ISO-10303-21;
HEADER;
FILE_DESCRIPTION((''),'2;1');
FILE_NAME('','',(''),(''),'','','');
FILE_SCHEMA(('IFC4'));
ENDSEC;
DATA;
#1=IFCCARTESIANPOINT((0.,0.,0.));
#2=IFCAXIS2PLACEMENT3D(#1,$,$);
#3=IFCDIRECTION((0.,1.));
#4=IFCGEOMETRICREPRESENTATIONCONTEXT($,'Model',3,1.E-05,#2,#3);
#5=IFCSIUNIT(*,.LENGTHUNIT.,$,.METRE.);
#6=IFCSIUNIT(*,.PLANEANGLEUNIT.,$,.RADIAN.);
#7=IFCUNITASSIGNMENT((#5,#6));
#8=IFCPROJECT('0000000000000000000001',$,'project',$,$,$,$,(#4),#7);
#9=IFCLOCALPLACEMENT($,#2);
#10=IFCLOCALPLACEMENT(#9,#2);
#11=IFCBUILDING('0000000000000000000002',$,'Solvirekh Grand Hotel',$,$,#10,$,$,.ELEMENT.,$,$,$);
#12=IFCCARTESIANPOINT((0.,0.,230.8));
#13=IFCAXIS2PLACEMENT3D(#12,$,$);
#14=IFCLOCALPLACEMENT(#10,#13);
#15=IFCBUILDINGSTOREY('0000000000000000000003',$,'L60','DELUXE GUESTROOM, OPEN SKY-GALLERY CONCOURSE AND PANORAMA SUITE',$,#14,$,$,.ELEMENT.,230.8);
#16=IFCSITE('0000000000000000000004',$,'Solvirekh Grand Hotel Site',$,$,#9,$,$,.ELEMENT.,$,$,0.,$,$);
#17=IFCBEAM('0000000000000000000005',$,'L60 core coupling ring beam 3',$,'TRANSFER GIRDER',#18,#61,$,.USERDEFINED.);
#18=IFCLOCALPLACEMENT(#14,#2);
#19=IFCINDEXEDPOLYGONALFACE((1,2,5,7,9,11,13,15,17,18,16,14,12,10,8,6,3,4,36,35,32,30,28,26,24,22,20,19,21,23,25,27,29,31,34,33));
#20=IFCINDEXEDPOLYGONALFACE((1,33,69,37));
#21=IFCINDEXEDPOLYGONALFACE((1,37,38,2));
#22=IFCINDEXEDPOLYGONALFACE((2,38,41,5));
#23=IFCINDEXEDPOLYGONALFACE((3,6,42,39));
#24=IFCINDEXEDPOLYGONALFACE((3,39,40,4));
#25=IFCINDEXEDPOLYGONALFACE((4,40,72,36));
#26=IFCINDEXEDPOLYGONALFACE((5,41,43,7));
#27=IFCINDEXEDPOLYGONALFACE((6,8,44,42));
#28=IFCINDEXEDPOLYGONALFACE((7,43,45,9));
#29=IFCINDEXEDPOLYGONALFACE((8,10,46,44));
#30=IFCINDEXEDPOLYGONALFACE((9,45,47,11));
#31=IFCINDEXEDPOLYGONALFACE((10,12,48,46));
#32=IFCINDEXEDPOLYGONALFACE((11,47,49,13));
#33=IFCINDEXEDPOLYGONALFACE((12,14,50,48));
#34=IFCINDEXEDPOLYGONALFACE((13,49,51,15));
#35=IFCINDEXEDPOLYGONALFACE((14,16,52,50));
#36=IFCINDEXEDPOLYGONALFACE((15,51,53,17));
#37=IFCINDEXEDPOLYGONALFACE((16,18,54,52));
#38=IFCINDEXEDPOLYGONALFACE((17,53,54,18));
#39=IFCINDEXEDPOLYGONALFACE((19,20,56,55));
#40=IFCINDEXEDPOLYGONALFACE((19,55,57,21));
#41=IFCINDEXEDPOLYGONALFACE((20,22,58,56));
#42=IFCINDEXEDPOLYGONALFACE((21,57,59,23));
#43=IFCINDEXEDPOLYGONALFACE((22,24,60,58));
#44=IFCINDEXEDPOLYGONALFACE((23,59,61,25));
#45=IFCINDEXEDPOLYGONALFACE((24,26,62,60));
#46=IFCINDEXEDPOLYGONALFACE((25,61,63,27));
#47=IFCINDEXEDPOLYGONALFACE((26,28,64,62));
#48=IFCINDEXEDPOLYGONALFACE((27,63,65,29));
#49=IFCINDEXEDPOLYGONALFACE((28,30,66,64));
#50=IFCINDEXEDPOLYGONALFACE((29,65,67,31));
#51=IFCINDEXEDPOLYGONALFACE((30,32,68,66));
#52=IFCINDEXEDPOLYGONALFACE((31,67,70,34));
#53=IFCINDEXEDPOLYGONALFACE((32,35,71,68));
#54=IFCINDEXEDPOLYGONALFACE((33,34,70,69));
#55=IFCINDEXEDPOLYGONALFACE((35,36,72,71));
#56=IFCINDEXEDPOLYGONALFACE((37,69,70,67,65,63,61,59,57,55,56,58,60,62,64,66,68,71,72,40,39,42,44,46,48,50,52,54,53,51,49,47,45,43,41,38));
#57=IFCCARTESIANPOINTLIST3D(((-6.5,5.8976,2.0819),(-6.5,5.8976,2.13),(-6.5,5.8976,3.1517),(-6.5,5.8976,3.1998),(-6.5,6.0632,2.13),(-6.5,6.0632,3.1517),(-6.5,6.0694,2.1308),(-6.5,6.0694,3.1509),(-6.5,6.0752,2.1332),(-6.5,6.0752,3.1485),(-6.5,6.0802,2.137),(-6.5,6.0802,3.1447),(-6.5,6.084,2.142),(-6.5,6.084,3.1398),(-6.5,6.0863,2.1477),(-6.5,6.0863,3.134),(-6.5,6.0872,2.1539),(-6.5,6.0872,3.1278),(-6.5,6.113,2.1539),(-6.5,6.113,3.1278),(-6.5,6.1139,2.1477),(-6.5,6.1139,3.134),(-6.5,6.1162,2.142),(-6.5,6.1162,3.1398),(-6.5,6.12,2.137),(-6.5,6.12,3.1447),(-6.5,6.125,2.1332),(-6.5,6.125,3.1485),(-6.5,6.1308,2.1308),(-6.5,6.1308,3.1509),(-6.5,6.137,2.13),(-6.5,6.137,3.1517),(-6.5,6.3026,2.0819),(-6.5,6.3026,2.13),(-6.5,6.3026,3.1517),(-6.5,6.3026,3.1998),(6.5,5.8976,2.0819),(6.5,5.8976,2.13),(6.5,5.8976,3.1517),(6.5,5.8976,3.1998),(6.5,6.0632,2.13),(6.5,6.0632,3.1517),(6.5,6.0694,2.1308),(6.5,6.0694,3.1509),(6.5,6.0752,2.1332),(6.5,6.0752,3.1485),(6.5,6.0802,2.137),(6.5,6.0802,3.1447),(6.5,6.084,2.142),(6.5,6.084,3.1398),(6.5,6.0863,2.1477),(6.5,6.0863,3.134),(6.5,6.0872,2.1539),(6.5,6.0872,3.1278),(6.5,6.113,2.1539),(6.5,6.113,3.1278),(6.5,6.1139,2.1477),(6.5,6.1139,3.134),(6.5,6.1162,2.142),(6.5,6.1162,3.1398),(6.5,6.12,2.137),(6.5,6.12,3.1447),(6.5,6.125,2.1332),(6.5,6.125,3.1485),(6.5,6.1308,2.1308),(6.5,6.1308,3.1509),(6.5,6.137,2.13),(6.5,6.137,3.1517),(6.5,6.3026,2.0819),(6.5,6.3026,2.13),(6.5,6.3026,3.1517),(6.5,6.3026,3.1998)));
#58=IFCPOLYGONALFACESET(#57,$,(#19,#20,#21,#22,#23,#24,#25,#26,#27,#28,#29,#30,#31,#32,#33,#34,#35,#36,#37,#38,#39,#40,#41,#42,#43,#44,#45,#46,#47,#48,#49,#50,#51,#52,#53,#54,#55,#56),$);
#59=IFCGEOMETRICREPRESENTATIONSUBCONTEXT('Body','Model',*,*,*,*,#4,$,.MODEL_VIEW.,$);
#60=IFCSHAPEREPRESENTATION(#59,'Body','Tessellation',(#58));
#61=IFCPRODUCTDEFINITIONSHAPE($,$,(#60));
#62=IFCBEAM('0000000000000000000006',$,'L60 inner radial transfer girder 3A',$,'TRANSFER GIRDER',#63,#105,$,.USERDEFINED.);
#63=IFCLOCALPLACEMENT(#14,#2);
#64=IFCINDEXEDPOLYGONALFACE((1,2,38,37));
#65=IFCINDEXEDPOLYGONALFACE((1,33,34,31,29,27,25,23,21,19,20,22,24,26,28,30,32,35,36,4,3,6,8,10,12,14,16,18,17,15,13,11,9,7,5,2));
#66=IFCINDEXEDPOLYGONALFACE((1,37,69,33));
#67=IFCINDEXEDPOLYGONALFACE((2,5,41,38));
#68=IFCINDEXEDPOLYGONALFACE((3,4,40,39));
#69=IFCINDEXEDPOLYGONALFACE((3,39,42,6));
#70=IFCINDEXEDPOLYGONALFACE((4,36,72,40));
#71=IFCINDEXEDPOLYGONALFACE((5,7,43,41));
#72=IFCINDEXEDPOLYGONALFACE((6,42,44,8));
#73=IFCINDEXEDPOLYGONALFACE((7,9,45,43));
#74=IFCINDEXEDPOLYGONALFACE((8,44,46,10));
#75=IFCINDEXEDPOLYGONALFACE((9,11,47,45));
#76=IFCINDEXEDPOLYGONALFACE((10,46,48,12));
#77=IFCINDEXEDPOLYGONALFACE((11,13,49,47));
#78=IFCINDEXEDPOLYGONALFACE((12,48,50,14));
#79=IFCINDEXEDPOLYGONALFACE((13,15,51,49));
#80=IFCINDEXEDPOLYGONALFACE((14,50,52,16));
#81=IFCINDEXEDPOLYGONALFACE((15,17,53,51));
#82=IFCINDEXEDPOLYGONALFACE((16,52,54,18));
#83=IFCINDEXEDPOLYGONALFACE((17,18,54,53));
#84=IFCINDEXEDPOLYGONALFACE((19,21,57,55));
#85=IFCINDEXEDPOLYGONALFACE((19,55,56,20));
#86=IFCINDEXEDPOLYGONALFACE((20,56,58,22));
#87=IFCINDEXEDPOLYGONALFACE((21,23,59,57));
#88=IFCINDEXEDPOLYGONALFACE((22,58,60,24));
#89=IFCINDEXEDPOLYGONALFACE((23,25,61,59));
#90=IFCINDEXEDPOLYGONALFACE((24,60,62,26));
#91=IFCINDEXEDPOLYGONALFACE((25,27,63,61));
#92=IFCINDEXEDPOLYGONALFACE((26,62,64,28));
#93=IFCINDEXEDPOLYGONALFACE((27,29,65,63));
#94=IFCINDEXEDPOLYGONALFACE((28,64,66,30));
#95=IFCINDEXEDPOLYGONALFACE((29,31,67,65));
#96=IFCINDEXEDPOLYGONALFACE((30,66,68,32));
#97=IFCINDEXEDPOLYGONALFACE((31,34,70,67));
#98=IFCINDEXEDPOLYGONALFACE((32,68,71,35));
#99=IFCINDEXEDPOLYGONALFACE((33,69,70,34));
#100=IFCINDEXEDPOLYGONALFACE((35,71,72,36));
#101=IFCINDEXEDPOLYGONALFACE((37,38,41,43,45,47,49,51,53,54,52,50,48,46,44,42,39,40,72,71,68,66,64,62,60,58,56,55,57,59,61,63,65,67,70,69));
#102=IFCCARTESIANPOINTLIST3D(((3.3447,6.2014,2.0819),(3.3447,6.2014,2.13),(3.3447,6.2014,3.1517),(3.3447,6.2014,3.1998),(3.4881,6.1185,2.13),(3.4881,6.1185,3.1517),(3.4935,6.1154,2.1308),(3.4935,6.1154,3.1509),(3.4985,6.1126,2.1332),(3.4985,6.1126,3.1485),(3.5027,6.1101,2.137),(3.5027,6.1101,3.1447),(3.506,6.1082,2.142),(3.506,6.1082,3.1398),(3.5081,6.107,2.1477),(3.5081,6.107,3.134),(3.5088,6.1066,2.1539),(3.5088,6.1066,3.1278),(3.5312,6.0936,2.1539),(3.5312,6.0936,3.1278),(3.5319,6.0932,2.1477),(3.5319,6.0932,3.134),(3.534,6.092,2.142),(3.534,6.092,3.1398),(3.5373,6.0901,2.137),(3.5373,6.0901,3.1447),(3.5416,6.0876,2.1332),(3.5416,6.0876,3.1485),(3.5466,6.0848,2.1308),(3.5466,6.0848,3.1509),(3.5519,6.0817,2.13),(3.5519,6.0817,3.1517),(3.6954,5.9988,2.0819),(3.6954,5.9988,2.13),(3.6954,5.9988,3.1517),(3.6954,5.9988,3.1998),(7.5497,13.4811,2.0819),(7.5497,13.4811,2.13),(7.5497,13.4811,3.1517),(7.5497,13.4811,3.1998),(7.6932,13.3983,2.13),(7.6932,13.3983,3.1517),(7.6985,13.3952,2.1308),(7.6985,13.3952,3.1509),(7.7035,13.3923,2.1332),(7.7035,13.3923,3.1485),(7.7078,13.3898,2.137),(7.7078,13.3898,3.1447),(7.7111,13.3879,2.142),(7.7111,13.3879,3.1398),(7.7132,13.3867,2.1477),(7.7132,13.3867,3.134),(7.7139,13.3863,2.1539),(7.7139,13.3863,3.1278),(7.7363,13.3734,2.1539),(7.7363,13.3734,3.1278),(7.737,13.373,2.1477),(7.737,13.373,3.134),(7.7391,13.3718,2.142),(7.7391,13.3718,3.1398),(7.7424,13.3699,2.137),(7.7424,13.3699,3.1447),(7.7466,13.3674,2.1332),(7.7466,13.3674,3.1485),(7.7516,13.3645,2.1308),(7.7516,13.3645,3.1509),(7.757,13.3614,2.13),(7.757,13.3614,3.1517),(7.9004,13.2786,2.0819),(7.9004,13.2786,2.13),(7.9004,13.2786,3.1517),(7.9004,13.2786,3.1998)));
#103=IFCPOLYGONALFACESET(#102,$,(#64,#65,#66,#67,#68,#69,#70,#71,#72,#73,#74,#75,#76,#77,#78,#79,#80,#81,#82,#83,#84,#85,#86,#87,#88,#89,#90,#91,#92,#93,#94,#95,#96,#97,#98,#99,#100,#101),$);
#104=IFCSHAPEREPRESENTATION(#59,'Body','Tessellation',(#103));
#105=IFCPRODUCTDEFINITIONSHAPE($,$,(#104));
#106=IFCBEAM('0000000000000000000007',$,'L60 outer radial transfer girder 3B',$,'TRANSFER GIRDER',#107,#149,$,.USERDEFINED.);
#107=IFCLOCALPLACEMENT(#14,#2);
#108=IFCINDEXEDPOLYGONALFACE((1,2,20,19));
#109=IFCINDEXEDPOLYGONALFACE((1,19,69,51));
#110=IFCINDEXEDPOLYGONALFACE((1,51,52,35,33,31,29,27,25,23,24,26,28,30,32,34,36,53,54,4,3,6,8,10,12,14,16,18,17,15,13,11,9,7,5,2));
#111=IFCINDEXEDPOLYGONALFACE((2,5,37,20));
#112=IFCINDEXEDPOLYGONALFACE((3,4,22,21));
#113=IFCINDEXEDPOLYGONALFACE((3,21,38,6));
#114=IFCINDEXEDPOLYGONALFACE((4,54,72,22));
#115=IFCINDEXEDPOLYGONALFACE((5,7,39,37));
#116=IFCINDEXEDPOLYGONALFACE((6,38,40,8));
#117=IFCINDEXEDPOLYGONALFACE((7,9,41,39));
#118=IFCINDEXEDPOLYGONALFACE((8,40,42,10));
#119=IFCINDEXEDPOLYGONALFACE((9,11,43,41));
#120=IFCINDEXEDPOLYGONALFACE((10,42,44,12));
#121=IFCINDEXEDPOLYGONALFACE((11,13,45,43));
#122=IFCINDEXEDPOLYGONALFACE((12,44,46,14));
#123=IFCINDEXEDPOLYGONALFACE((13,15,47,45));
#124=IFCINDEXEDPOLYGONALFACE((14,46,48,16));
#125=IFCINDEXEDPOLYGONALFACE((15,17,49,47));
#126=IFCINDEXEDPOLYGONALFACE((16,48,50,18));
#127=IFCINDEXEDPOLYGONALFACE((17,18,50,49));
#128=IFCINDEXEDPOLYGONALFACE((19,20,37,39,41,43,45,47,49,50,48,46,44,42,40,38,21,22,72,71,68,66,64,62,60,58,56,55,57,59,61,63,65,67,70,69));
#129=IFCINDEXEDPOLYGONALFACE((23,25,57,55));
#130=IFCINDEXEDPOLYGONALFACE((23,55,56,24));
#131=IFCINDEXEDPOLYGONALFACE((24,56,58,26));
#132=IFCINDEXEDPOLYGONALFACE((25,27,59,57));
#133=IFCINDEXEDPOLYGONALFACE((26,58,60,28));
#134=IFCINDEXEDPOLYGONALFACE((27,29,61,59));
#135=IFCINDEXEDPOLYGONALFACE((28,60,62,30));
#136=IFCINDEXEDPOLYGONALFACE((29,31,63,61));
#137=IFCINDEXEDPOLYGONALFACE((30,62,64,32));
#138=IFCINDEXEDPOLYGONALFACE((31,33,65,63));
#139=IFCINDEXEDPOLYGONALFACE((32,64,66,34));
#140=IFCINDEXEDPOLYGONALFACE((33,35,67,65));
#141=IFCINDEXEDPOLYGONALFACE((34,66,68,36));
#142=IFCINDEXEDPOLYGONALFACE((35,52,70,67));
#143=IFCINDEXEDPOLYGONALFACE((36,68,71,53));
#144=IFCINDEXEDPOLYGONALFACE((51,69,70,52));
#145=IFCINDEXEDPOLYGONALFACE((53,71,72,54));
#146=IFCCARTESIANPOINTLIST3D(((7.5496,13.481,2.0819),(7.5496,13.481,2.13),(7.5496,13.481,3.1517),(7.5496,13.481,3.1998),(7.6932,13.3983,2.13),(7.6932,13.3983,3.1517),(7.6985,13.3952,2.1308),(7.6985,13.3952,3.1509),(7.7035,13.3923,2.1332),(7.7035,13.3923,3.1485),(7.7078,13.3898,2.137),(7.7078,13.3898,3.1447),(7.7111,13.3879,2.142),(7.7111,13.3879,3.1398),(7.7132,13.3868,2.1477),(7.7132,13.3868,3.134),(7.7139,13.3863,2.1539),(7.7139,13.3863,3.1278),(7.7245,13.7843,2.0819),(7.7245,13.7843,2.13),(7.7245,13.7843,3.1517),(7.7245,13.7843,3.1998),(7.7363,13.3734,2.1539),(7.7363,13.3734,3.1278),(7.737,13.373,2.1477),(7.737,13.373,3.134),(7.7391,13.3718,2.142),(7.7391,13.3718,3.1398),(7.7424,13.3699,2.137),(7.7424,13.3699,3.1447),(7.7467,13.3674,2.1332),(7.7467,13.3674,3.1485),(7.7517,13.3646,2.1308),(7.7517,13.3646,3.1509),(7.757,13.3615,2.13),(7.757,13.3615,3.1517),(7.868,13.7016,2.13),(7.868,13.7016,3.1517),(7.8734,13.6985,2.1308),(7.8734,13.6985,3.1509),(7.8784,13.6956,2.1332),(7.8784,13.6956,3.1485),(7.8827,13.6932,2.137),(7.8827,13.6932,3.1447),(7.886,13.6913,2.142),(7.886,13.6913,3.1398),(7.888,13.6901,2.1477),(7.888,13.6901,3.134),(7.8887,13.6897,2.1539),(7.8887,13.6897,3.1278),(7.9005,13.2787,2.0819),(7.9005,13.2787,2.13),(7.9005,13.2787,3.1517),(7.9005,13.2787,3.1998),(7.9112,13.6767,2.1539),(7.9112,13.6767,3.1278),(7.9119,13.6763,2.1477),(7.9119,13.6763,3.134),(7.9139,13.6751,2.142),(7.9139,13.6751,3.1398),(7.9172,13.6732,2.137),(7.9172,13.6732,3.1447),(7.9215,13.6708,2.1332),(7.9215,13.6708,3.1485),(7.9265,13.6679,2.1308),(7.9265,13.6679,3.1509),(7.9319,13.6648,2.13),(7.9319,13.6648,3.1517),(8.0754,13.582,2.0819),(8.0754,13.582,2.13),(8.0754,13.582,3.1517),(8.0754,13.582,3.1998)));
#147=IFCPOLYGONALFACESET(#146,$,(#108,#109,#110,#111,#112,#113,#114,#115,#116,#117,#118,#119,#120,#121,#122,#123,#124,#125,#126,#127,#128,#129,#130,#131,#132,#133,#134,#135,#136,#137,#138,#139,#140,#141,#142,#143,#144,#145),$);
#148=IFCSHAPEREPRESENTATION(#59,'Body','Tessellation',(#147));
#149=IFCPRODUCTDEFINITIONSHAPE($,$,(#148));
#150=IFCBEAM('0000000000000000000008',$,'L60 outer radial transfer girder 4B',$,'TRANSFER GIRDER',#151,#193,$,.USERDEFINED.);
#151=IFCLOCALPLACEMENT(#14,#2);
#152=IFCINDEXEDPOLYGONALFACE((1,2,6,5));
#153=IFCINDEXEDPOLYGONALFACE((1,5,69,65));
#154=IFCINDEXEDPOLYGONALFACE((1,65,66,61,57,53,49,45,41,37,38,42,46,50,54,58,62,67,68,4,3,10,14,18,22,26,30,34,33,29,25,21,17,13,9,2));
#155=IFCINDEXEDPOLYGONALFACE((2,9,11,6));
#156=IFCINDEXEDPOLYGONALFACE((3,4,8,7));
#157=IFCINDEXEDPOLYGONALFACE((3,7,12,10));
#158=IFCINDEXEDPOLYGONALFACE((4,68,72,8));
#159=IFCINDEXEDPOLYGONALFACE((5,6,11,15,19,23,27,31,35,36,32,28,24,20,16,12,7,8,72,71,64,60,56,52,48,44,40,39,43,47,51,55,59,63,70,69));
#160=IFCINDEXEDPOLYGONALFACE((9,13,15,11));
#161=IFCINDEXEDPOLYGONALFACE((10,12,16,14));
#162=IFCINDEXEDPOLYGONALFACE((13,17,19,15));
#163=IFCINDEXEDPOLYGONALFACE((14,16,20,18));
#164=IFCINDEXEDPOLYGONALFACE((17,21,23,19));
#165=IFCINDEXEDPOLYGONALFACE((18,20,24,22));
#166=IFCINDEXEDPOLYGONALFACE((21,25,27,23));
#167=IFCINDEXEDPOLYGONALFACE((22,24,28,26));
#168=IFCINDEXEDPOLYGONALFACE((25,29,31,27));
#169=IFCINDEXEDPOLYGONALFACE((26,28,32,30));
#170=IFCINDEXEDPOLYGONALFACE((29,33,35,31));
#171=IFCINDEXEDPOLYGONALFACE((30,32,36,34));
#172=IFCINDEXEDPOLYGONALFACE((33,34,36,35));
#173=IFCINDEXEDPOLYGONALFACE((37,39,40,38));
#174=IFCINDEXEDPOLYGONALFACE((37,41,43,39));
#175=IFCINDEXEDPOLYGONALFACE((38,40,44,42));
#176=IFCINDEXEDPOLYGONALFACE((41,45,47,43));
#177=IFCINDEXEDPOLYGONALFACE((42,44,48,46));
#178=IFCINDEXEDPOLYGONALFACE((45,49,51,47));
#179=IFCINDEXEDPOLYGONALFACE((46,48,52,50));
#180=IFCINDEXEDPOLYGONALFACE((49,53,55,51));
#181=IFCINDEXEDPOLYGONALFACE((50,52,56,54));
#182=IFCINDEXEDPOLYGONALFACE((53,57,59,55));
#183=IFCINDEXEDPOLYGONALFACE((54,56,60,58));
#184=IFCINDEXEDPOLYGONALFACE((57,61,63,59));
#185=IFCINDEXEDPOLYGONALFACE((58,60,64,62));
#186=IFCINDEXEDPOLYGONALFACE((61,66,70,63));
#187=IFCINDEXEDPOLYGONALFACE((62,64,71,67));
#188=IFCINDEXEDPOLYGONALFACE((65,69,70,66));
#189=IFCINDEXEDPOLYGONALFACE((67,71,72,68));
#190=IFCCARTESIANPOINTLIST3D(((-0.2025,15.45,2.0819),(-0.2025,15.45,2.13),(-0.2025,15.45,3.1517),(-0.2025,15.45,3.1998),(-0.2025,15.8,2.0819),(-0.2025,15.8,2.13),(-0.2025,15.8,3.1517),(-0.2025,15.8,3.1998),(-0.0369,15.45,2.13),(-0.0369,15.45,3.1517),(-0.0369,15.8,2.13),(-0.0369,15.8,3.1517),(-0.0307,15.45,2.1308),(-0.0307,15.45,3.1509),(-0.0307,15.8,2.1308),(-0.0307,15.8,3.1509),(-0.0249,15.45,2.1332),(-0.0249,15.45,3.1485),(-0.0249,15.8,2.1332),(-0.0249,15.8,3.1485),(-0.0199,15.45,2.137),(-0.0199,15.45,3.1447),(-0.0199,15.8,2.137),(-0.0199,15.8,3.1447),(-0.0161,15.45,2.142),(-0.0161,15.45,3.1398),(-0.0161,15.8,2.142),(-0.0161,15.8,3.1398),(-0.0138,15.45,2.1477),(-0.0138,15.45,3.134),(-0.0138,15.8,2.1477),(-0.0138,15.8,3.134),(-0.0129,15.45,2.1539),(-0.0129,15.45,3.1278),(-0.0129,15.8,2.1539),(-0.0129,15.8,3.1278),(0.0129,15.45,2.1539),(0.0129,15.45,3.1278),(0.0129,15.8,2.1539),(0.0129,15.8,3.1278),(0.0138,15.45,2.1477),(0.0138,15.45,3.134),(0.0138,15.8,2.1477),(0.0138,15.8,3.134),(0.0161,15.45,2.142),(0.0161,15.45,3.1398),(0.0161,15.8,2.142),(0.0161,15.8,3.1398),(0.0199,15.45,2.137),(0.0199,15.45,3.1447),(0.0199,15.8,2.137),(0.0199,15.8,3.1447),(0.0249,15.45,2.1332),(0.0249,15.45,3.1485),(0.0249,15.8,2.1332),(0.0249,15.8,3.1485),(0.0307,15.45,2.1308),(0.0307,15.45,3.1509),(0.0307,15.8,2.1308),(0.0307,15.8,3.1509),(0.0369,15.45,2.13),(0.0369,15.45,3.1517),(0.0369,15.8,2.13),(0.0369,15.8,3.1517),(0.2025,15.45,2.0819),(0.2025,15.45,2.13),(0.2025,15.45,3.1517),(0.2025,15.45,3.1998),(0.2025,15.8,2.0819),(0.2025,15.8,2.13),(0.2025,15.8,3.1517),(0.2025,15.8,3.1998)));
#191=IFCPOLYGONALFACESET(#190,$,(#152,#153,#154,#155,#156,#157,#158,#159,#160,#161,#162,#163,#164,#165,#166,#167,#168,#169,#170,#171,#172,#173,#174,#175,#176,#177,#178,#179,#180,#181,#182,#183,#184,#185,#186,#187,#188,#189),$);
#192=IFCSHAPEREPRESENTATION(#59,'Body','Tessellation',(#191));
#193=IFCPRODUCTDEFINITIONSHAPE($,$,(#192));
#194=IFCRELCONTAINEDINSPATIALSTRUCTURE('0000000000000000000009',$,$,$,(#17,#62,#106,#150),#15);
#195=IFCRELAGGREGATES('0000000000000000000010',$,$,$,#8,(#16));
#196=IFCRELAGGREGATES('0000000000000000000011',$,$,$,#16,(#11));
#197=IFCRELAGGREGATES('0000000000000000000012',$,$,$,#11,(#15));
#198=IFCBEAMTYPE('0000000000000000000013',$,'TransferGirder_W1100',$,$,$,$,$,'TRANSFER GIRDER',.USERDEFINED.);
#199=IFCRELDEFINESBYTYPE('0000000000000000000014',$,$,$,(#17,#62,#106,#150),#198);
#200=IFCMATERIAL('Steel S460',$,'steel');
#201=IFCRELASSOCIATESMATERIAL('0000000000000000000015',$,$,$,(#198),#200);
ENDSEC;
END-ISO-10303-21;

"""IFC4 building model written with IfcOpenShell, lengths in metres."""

from ifc_helpers import new_model, si_unit, direction, frame, origin, origin_2d, place, context, subcontext, project, spatial, i_section, extrude, material, material_profile, profile_set, type_object, element, save


model = new_model("IFC4")

# Units and contexts
model_context = context("Model", 3, precision=1e-05, world=origin(), true_north=direction((0.0, 1.0)))
body_context = subcontext(model_context, "Body", "Model", "MODEL_VIEW")
ifc_project = project(units=[si_unit("LENGTHUNIT", "METRE"), si_unit("PLANEANGLEUNIT", "RADIAN")], contexts=[model_context])

# Site, building, storey
site_placement = place(None, origin())
site = spatial("IfcSite", under=ifc_project, at=site_placement, Name="Solvirekh Grand Hotel Site", CompositionType="ELEMENT", RefElevation=0.0)
building_placement = place(site_placement, origin())
building = spatial("IfcBuilding", under=site, at=building_placement, Name="Solvirekh Grand Hotel", CompositionType="ELEMENT")
storey_placement = place(building_placement, frame((0.0, 0.0, 230.8)))
storey = spatial("IfcBuildingStorey", under=building, at=storey_placement, Name="L60", Description="DELUXE GUESTROOM, OPEN SKY-GALLERY CONCOURSE AND PANORAMA SUITE", CompositionType="ELEMENT", Elevation=230.8)

# Beams
ifc_material_1 = material(Name="Steel S460", Category="steel")
ifc_material_profile_1 = material_profile(ifc_material_1, i_section(OverallWidth=0.405, OverallDepth=1.1179, WebThickness=0.0259, FlangeThickness=0.0481, FilletRadius=0.0239, at=origin_2d()), Name="W1100X499")
ifc_profile_set_1 = profile_set([ifc_material_profile_1], Name="Steel S460")
beam_type_1 = type_object("IfcBeamType", Name="TransferGirder_W1100", ElementType="TRANSFER GIRDER", PredefinedType="USERDEFINED", material=ifc_profile_set_1)
beam_1_placement = place(storey_placement, frame((6.5, 6.1001, 2.6409), z_axis=(-1.0, 0.0, 0.0), x_axis=(0.0, -1.0, 0.0)))
element("IfcBeam", 1, at=beam_1_placement, inside=storey, type_object=beam_type_1, Name="L60 core coupling ring beam 3", ObjectType="TRANSFER GIRDER", PredefinedType="USERDEFINED", context=body_context, shape_type="SweptSolid", body=[
    extrude(i_section(OverallWidth=0.405, OverallDepth=1.1179, WebThickness=0.0259, FlangeThickness=0.0481, FilletRadius=0.0239, at=origin_2d()), origin(), (0.0, 0.0, 1.0), 13.0),
])
beam_2_placement = place(storey_placement, frame((3.52, 6.1001, 2.6409), z_axis=(0.500187, 0.865918, 0.0), x_axis=(-0.865918, 0.500187, 0.0)))
element("IfcBeam", 2, at=beam_2_placement, inside=storey, type_object=beam_type_1, Name="L60 inner radial transfer girder 3A", ObjectType="TRANSFER GIRDER", PredefinedType="USERDEFINED", context=body_context, shape_type="SweptSolid", body=[
    extrude(i_section(OverallWidth=0.405, OverallDepth=1.1179, WebThickness=0.0259, FlangeThickness=0.0481, FilletRadius=0.0239, at=origin_2d()), origin(), (0.0, 0.0, 1.0), 8.407),
])
for number, where, z_axis, x_axis, name in (
    (3, (7.7251, 13.3799, 2.6409), (0.499441, 0.866348, 0.0), (-0.866348, 0.499441, 0.0), "L60 outer radial transfer girder 3B"),
    (4, (0.0, 15.45, 2.6409), (0.0, 1.0, 0.0), (-1.0, 0.0, 0.0), "L60 outer radial transfer girder 4B"),
):
    element("IfcBeam", number, at=place(storey_placement, frame(where, z_axis=z_axis, x_axis=x_axis)), inside=storey, type_object=beam_type_1, Name=name, ObjectType="TRANSFER GIRDER", PredefinedType="USERDEFINED", context=body_context, shape_type="SweptSolid", body=[
        extrude(i_section(OverallWidth=0.405, OverallDepth=1.1179, WebThickness=0.0259, FlangeThickness=0.0481, FilletRadius=0.0239, at=origin_2d()), origin(), (0.0, 0.0, 1.0), 0.3501),
    ])

save(model, "model.ifc")
